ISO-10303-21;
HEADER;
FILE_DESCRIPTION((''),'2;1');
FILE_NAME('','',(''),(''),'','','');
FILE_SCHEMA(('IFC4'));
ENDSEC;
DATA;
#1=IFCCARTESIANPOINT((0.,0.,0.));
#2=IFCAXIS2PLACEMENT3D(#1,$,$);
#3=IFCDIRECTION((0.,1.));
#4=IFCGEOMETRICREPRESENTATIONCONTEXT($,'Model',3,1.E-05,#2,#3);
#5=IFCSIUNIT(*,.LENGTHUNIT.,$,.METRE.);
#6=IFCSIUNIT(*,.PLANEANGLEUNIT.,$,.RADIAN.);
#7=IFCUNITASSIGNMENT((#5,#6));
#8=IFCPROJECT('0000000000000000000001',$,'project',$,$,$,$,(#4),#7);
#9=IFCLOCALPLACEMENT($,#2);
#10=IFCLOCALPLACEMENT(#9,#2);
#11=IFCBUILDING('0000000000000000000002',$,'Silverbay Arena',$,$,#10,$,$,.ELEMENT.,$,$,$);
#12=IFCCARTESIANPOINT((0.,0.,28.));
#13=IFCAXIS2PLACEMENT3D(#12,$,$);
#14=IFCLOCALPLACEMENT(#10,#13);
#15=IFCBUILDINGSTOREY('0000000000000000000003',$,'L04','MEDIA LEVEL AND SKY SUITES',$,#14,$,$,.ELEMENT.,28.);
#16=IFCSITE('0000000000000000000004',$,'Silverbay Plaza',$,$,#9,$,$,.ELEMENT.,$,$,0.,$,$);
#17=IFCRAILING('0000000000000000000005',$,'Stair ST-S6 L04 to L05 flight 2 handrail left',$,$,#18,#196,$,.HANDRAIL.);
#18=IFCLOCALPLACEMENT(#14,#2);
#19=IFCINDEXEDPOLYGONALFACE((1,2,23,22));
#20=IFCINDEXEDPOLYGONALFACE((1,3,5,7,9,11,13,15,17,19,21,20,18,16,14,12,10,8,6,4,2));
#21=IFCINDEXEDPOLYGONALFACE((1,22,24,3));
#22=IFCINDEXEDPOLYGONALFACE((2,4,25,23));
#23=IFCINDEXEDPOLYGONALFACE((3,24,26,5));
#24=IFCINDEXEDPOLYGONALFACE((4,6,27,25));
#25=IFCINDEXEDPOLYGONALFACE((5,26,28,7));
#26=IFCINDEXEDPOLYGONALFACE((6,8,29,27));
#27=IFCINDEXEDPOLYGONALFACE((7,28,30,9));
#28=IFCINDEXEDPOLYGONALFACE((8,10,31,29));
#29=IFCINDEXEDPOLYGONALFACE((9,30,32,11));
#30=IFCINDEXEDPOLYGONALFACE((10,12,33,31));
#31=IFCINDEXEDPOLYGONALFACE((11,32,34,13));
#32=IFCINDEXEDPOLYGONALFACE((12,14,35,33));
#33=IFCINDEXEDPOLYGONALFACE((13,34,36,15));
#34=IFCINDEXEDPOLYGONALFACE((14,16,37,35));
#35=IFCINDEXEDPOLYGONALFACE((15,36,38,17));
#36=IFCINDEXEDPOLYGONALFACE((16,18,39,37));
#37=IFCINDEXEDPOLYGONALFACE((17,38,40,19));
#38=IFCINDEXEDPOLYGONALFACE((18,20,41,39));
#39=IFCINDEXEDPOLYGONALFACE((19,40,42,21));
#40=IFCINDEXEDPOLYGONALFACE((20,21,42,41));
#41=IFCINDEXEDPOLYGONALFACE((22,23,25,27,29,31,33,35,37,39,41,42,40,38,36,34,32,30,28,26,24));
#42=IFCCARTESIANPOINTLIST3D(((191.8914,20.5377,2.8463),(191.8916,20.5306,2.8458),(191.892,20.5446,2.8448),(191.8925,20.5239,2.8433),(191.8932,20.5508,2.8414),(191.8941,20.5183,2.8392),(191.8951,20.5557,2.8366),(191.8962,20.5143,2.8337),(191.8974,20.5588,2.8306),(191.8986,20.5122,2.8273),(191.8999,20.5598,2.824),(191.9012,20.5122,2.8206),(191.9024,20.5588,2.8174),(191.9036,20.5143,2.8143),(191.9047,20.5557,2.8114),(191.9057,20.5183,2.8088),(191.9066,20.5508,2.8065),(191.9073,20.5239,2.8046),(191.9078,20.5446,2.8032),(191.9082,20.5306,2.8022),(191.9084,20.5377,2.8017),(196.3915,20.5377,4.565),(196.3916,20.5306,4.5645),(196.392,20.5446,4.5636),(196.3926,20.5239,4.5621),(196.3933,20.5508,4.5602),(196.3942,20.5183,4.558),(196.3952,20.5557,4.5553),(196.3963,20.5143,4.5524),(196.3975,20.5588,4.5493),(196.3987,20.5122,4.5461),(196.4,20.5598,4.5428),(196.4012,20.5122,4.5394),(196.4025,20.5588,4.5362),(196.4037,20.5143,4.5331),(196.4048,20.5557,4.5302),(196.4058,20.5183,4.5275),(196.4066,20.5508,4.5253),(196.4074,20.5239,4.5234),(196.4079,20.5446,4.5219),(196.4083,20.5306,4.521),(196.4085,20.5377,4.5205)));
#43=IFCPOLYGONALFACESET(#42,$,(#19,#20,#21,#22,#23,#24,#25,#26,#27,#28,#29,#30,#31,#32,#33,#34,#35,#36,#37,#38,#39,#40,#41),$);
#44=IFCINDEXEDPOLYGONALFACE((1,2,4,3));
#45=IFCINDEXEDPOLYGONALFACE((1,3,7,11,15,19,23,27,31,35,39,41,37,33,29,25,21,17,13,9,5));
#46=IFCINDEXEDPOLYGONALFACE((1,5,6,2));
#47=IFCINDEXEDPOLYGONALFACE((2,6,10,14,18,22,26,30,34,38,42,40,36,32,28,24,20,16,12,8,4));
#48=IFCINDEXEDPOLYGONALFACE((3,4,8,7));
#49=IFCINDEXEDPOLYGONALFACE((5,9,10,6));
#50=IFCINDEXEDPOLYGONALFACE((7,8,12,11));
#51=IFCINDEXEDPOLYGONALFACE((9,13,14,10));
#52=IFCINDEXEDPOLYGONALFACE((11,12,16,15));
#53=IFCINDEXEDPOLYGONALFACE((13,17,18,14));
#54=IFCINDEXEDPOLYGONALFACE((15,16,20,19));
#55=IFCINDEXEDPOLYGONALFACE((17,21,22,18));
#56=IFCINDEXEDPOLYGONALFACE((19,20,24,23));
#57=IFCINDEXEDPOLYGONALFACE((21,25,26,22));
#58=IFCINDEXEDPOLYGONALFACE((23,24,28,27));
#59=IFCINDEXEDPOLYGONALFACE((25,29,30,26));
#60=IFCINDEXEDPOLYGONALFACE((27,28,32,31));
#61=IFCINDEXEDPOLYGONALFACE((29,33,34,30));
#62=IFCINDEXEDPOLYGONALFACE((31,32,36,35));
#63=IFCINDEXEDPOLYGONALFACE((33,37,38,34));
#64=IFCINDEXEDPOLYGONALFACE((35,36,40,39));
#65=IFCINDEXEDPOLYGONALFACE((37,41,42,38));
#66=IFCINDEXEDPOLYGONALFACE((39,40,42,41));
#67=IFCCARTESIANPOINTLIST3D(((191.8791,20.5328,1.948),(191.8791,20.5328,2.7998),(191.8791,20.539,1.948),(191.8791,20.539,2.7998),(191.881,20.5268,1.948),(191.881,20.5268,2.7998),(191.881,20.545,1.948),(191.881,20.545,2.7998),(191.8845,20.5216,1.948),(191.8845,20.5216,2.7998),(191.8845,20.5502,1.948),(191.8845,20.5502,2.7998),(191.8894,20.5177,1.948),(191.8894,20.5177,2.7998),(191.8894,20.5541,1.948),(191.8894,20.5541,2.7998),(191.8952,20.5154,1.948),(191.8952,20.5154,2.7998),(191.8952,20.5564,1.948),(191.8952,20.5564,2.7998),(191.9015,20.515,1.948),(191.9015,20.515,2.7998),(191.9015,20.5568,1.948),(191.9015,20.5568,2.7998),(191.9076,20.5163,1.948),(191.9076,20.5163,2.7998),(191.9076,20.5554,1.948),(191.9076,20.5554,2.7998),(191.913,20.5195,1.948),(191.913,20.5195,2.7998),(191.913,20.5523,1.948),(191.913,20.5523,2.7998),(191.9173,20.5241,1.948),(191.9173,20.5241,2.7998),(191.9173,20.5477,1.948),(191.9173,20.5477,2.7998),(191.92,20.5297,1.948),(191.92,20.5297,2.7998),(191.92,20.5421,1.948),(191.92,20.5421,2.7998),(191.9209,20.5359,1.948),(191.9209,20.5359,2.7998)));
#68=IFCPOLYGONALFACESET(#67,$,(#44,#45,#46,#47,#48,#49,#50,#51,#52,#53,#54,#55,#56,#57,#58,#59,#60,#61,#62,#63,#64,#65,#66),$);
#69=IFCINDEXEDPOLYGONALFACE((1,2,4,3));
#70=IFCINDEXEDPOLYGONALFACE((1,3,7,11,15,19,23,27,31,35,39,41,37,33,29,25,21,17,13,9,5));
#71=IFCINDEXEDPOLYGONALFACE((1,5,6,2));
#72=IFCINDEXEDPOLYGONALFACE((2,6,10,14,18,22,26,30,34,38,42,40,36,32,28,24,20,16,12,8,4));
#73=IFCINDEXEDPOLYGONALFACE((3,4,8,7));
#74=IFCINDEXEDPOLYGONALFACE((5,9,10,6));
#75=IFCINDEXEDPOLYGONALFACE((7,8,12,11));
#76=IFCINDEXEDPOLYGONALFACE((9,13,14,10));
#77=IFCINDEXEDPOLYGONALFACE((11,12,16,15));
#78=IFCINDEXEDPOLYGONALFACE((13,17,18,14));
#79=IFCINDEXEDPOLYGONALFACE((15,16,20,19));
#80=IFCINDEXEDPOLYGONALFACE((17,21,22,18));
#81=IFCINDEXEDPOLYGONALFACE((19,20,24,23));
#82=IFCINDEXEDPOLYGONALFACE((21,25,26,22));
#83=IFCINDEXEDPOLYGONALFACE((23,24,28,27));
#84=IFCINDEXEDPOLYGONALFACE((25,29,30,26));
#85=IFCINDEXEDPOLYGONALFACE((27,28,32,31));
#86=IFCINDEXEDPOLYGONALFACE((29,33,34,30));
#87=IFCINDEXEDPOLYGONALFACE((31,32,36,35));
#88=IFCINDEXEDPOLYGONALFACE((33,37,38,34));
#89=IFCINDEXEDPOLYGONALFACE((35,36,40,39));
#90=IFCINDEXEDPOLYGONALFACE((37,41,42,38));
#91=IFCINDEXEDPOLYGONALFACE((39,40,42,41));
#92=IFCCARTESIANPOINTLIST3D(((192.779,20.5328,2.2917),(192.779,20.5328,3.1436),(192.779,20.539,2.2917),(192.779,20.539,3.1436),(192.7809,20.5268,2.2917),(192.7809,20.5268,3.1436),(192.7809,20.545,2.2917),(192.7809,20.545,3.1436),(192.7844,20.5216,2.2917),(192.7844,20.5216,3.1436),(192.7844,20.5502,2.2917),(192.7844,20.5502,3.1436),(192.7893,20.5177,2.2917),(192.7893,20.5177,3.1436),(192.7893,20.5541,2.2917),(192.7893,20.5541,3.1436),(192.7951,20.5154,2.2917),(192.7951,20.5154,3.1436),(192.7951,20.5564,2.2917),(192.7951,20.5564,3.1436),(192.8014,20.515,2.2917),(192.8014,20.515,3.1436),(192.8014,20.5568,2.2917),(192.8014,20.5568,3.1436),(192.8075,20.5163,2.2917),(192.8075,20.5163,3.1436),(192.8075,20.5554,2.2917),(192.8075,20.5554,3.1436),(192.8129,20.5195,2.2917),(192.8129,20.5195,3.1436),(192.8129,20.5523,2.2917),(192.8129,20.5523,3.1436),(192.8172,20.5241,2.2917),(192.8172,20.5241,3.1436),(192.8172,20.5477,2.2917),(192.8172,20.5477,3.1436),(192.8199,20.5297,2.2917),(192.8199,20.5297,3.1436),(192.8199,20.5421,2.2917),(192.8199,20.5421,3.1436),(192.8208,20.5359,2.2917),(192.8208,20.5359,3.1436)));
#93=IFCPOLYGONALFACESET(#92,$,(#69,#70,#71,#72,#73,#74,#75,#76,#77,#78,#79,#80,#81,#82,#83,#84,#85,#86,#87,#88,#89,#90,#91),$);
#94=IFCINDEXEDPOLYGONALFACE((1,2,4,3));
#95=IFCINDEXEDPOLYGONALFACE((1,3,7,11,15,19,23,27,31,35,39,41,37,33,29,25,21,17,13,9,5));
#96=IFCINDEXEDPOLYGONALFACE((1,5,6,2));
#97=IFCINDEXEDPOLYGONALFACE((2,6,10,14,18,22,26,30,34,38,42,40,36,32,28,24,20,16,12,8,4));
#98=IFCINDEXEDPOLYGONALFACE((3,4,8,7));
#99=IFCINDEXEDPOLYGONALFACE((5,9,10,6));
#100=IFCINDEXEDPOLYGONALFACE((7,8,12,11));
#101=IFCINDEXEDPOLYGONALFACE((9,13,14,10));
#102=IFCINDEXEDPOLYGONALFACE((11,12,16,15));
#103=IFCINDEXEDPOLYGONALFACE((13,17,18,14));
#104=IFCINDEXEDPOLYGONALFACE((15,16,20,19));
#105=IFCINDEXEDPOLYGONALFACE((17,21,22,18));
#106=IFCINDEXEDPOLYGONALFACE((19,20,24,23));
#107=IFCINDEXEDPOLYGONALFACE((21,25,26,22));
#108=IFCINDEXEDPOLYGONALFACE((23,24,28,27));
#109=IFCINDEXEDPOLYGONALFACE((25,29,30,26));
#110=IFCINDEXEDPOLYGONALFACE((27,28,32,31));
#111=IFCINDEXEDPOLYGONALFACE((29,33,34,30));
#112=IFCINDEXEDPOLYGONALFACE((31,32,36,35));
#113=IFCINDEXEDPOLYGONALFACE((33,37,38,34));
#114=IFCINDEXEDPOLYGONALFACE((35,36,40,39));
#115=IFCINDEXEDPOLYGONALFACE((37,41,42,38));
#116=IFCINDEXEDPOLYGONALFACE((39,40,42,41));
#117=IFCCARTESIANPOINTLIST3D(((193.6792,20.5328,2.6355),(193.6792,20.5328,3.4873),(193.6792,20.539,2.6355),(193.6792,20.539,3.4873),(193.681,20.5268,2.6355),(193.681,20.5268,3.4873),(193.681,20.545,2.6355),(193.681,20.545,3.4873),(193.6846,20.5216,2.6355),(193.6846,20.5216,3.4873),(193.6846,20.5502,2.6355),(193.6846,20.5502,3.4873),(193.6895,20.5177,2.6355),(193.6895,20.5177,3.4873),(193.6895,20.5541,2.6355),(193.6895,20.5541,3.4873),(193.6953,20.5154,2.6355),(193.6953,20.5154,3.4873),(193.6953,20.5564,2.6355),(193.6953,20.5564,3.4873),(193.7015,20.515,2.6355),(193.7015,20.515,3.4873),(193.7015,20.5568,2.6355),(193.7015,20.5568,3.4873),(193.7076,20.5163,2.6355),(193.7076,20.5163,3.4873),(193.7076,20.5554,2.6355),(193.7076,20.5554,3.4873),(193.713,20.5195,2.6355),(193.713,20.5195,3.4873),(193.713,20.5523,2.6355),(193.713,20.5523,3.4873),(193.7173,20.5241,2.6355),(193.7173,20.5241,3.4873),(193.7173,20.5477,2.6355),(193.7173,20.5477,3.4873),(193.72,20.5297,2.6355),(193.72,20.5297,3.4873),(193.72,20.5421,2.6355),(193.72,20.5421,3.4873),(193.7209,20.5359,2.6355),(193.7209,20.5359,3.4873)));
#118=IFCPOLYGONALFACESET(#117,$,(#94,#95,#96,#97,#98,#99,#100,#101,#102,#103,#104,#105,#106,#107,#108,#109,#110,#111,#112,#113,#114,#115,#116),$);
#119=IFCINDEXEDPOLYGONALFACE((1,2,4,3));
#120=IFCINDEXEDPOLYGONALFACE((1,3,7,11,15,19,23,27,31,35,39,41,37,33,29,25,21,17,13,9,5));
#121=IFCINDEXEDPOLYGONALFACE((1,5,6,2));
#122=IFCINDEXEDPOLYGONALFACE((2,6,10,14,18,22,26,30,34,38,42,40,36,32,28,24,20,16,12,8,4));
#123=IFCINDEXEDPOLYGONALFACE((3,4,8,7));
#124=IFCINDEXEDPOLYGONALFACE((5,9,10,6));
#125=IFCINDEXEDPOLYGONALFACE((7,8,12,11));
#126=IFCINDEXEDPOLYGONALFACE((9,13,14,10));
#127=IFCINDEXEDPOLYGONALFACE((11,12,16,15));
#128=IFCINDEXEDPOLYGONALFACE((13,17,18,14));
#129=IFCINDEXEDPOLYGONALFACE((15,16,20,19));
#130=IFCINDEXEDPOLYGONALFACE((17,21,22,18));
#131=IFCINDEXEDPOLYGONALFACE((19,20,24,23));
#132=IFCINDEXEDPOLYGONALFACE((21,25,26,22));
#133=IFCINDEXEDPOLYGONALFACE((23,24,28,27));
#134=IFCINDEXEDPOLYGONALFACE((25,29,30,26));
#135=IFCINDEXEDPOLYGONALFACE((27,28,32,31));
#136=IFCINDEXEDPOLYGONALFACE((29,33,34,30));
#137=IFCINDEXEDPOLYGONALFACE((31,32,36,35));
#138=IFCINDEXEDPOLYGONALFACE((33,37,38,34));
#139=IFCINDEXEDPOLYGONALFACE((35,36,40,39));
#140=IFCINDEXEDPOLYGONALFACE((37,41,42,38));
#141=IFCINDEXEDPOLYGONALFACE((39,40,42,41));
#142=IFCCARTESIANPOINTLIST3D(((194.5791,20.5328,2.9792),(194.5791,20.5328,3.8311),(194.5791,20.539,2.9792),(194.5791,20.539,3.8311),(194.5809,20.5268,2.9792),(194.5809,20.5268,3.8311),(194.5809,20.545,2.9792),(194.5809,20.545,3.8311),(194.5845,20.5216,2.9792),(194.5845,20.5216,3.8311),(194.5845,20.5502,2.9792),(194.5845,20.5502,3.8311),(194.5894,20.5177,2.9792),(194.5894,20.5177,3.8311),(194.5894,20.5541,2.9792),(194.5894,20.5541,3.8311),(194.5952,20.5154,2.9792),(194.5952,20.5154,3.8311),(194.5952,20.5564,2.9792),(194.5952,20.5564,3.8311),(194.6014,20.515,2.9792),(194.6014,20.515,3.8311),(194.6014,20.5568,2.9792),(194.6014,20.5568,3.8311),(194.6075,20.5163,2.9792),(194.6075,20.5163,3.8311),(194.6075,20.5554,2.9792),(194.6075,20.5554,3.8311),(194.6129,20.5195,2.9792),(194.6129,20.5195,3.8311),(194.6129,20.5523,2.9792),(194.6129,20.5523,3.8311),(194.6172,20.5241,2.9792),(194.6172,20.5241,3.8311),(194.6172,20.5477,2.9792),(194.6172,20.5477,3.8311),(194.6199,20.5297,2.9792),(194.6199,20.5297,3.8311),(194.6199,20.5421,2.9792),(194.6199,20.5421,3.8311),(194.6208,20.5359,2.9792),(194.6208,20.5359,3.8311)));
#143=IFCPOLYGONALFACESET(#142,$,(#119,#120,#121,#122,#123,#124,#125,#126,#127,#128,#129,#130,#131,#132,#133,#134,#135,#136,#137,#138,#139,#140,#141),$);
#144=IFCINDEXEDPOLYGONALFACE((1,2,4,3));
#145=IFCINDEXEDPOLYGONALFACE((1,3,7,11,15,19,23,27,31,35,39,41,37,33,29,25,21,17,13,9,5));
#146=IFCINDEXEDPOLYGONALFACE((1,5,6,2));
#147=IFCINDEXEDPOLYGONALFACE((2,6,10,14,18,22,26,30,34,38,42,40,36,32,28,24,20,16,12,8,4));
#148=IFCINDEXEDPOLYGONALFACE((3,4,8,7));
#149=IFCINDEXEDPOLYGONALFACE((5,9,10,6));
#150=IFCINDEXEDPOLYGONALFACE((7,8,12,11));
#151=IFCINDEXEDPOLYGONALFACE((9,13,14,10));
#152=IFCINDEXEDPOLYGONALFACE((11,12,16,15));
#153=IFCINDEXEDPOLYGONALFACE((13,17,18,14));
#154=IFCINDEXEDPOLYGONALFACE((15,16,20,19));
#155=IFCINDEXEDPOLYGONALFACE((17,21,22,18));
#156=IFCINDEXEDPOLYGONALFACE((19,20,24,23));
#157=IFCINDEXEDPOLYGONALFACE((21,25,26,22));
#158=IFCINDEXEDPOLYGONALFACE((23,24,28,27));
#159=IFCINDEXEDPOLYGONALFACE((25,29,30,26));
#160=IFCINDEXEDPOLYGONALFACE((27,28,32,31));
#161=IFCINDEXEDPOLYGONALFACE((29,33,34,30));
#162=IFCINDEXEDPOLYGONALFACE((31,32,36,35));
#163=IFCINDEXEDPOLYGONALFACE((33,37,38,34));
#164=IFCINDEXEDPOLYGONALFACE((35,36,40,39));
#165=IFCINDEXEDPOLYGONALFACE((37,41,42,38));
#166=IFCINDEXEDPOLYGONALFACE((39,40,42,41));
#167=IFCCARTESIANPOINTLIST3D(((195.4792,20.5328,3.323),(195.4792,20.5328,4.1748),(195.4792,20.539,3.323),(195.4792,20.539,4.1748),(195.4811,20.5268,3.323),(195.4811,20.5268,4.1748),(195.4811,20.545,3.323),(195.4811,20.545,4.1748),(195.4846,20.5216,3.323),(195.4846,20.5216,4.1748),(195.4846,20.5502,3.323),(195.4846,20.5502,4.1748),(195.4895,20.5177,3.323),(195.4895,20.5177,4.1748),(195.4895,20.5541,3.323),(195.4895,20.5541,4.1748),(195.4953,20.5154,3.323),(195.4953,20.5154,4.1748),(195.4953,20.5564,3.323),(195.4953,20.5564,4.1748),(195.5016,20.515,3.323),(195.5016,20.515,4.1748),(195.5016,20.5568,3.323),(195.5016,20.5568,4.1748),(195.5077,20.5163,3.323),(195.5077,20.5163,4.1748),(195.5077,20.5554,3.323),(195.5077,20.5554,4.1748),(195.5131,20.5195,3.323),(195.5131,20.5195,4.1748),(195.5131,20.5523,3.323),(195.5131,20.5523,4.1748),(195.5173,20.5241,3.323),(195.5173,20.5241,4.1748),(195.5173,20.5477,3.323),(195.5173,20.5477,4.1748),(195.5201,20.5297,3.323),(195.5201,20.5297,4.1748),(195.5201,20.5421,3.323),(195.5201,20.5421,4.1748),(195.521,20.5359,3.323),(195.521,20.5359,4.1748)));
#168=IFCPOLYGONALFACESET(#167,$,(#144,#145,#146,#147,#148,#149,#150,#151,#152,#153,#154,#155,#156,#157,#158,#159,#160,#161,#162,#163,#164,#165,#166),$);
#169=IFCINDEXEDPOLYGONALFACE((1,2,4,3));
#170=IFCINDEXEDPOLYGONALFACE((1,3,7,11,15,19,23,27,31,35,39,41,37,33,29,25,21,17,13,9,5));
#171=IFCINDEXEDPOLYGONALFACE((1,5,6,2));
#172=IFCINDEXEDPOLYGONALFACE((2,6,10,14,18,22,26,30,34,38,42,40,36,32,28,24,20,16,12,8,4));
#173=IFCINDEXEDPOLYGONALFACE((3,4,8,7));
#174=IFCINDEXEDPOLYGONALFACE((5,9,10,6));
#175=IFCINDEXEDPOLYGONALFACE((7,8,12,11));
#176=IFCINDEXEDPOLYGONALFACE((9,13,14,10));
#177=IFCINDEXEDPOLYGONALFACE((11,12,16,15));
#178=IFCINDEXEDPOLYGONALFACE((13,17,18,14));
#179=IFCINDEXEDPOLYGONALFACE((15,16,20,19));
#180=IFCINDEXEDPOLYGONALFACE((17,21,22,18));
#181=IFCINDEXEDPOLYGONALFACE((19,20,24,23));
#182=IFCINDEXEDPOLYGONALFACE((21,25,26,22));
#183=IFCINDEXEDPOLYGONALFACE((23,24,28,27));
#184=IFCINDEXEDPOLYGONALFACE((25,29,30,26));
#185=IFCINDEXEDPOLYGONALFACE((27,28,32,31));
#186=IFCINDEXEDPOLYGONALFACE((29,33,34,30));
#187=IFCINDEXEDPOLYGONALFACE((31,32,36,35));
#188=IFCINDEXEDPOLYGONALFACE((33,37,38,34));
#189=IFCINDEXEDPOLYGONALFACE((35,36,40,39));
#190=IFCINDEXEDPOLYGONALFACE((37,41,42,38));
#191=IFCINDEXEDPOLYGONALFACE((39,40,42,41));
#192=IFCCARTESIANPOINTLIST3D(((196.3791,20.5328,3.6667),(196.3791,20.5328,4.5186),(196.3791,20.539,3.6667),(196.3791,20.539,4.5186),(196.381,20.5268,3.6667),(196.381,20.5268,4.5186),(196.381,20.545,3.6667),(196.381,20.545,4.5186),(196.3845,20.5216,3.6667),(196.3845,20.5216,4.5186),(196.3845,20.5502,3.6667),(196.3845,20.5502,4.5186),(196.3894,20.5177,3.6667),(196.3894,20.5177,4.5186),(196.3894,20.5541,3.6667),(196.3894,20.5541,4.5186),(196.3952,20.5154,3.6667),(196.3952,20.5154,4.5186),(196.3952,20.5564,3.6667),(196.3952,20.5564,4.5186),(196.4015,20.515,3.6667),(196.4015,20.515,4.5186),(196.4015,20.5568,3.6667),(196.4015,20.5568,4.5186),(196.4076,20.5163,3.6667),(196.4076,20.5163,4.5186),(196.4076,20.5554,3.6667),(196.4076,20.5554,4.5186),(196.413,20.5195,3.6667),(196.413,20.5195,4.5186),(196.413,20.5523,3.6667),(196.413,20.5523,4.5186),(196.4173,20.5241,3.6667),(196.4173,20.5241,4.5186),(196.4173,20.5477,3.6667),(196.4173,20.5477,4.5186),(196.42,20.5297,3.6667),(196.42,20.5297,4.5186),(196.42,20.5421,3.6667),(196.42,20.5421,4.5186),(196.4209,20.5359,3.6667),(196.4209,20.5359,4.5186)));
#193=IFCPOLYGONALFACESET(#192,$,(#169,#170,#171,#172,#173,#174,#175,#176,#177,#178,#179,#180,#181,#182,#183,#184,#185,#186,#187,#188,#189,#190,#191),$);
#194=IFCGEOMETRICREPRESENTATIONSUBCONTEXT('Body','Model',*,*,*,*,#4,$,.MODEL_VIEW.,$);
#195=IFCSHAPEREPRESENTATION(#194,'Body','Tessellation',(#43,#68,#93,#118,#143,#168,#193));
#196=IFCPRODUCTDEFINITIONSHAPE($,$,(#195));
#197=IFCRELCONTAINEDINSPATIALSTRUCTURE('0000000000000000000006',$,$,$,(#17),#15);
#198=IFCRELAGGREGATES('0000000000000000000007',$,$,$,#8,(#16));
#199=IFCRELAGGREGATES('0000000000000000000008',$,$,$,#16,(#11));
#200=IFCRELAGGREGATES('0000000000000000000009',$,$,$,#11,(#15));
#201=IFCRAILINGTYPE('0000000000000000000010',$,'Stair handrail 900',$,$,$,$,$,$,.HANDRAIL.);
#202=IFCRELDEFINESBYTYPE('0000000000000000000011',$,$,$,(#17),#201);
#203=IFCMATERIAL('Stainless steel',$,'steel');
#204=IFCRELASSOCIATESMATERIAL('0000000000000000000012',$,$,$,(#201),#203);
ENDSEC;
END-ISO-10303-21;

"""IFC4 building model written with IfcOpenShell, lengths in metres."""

from ifc_helpers import new_model, si_unit, direction, frame, origin, origin_2d, place, context, subcontext, project, spatial, circle, extrude, material, type_object, element, save


model = new_model("IFC4")

# Units and contexts
model_context = context("Model", 3, precision=1e-05, world=origin(), true_north=direction((0.0, 1.0)))
body_context = subcontext(model_context, "Body", "Model", "MODEL_VIEW")
ifc_project = project(units=[si_unit("LENGTHUNIT", "METRE"), si_unit("PLANEANGLEUNIT", "RADIAN")], contexts=[model_context])

# Site, building, storey
site_placement = place(None, origin())
site = spatial("IfcSite", under=ifc_project, at=site_placement, Name="Silverbay Plaza", CompositionType="ELEMENT", RefElevation=0.0)
building_placement = place(site_placement, origin())
building = spatial("IfcBuilding", under=site, at=building_placement, Name="Silverbay Arena", CompositionType="ELEMENT")
storey_placement = place(building_placement, frame((0.0, 0.0, 28.0)))
storey = spatial("IfcBuildingStorey", under=building, at=storey_placement, Name="L04", Description="MEDIA LEVEL AND SKY SUITES", CompositionType="ELEMENT", Elevation=28.0)

# Railing
ifc_material_1 = material(Name="Stainless steel", Category="steel")
railing_type_1 = type_object("IfcRailingType", Name="Stair handrail 900", PredefinedType="HANDRAIL", material=ifc_material_1)
for number, where, name in (
    (1, (191.8999, 20.5359, 1.948), "Stair ST-S6 L04 to L05 flight 2 handrail left"),
):
    element("IfcRailing", number, at=place(storey_placement, frame(where)), inside=storey, type_object=railing_type_1, Name=name, PredefinedType="HANDRAIL", context=body_context, shape_type="SweptSolid", body=[
        extrude(circle(Radius=0.0239, at=origin_2d()), frame((0.0, 0.0, 0.876), z_axis=(0.934179, 0.0, 0.356805), x_axis=(0.0, 1.0, 0.0)), (0.0, 0.0, 1.0), 4.8171),
        extrude(circle(Radius=0.021, at=origin_2d()), origin(), (0.0, 0.0, 1.0), 0.8518),
        extrude(circle(Radius=0.021, at=origin_2d()), frame((0.8999, 0.0, 0.3438)), (0.0, 0.0, 1.0), 0.8518),
        extrude(circle(Radius=0.021, at=origin_2d()), frame((1.8, 0.0, 0.6875)), (0.0, 0.0, 1.0), 0.8518),
        extrude(circle(Radius=0.021, at=origin_2d()), frame((2.7, 0.0, 1.0312)), (0.0, 0.0, 1.0), 0.8518),
        extrude(circle(Radius=0.021, at=origin_2d()), frame((3.6001, 0.0, 1.375)), (0.0, 0.0, 1.0), 0.8518),
        extrude(circle(Radius=0.021, at=origin_2d()), frame((4.5, 0.0, 1.7188)), (0.0, 0.0, 1.0), 0.8518),
    ])

save(model, "model.ifc")
